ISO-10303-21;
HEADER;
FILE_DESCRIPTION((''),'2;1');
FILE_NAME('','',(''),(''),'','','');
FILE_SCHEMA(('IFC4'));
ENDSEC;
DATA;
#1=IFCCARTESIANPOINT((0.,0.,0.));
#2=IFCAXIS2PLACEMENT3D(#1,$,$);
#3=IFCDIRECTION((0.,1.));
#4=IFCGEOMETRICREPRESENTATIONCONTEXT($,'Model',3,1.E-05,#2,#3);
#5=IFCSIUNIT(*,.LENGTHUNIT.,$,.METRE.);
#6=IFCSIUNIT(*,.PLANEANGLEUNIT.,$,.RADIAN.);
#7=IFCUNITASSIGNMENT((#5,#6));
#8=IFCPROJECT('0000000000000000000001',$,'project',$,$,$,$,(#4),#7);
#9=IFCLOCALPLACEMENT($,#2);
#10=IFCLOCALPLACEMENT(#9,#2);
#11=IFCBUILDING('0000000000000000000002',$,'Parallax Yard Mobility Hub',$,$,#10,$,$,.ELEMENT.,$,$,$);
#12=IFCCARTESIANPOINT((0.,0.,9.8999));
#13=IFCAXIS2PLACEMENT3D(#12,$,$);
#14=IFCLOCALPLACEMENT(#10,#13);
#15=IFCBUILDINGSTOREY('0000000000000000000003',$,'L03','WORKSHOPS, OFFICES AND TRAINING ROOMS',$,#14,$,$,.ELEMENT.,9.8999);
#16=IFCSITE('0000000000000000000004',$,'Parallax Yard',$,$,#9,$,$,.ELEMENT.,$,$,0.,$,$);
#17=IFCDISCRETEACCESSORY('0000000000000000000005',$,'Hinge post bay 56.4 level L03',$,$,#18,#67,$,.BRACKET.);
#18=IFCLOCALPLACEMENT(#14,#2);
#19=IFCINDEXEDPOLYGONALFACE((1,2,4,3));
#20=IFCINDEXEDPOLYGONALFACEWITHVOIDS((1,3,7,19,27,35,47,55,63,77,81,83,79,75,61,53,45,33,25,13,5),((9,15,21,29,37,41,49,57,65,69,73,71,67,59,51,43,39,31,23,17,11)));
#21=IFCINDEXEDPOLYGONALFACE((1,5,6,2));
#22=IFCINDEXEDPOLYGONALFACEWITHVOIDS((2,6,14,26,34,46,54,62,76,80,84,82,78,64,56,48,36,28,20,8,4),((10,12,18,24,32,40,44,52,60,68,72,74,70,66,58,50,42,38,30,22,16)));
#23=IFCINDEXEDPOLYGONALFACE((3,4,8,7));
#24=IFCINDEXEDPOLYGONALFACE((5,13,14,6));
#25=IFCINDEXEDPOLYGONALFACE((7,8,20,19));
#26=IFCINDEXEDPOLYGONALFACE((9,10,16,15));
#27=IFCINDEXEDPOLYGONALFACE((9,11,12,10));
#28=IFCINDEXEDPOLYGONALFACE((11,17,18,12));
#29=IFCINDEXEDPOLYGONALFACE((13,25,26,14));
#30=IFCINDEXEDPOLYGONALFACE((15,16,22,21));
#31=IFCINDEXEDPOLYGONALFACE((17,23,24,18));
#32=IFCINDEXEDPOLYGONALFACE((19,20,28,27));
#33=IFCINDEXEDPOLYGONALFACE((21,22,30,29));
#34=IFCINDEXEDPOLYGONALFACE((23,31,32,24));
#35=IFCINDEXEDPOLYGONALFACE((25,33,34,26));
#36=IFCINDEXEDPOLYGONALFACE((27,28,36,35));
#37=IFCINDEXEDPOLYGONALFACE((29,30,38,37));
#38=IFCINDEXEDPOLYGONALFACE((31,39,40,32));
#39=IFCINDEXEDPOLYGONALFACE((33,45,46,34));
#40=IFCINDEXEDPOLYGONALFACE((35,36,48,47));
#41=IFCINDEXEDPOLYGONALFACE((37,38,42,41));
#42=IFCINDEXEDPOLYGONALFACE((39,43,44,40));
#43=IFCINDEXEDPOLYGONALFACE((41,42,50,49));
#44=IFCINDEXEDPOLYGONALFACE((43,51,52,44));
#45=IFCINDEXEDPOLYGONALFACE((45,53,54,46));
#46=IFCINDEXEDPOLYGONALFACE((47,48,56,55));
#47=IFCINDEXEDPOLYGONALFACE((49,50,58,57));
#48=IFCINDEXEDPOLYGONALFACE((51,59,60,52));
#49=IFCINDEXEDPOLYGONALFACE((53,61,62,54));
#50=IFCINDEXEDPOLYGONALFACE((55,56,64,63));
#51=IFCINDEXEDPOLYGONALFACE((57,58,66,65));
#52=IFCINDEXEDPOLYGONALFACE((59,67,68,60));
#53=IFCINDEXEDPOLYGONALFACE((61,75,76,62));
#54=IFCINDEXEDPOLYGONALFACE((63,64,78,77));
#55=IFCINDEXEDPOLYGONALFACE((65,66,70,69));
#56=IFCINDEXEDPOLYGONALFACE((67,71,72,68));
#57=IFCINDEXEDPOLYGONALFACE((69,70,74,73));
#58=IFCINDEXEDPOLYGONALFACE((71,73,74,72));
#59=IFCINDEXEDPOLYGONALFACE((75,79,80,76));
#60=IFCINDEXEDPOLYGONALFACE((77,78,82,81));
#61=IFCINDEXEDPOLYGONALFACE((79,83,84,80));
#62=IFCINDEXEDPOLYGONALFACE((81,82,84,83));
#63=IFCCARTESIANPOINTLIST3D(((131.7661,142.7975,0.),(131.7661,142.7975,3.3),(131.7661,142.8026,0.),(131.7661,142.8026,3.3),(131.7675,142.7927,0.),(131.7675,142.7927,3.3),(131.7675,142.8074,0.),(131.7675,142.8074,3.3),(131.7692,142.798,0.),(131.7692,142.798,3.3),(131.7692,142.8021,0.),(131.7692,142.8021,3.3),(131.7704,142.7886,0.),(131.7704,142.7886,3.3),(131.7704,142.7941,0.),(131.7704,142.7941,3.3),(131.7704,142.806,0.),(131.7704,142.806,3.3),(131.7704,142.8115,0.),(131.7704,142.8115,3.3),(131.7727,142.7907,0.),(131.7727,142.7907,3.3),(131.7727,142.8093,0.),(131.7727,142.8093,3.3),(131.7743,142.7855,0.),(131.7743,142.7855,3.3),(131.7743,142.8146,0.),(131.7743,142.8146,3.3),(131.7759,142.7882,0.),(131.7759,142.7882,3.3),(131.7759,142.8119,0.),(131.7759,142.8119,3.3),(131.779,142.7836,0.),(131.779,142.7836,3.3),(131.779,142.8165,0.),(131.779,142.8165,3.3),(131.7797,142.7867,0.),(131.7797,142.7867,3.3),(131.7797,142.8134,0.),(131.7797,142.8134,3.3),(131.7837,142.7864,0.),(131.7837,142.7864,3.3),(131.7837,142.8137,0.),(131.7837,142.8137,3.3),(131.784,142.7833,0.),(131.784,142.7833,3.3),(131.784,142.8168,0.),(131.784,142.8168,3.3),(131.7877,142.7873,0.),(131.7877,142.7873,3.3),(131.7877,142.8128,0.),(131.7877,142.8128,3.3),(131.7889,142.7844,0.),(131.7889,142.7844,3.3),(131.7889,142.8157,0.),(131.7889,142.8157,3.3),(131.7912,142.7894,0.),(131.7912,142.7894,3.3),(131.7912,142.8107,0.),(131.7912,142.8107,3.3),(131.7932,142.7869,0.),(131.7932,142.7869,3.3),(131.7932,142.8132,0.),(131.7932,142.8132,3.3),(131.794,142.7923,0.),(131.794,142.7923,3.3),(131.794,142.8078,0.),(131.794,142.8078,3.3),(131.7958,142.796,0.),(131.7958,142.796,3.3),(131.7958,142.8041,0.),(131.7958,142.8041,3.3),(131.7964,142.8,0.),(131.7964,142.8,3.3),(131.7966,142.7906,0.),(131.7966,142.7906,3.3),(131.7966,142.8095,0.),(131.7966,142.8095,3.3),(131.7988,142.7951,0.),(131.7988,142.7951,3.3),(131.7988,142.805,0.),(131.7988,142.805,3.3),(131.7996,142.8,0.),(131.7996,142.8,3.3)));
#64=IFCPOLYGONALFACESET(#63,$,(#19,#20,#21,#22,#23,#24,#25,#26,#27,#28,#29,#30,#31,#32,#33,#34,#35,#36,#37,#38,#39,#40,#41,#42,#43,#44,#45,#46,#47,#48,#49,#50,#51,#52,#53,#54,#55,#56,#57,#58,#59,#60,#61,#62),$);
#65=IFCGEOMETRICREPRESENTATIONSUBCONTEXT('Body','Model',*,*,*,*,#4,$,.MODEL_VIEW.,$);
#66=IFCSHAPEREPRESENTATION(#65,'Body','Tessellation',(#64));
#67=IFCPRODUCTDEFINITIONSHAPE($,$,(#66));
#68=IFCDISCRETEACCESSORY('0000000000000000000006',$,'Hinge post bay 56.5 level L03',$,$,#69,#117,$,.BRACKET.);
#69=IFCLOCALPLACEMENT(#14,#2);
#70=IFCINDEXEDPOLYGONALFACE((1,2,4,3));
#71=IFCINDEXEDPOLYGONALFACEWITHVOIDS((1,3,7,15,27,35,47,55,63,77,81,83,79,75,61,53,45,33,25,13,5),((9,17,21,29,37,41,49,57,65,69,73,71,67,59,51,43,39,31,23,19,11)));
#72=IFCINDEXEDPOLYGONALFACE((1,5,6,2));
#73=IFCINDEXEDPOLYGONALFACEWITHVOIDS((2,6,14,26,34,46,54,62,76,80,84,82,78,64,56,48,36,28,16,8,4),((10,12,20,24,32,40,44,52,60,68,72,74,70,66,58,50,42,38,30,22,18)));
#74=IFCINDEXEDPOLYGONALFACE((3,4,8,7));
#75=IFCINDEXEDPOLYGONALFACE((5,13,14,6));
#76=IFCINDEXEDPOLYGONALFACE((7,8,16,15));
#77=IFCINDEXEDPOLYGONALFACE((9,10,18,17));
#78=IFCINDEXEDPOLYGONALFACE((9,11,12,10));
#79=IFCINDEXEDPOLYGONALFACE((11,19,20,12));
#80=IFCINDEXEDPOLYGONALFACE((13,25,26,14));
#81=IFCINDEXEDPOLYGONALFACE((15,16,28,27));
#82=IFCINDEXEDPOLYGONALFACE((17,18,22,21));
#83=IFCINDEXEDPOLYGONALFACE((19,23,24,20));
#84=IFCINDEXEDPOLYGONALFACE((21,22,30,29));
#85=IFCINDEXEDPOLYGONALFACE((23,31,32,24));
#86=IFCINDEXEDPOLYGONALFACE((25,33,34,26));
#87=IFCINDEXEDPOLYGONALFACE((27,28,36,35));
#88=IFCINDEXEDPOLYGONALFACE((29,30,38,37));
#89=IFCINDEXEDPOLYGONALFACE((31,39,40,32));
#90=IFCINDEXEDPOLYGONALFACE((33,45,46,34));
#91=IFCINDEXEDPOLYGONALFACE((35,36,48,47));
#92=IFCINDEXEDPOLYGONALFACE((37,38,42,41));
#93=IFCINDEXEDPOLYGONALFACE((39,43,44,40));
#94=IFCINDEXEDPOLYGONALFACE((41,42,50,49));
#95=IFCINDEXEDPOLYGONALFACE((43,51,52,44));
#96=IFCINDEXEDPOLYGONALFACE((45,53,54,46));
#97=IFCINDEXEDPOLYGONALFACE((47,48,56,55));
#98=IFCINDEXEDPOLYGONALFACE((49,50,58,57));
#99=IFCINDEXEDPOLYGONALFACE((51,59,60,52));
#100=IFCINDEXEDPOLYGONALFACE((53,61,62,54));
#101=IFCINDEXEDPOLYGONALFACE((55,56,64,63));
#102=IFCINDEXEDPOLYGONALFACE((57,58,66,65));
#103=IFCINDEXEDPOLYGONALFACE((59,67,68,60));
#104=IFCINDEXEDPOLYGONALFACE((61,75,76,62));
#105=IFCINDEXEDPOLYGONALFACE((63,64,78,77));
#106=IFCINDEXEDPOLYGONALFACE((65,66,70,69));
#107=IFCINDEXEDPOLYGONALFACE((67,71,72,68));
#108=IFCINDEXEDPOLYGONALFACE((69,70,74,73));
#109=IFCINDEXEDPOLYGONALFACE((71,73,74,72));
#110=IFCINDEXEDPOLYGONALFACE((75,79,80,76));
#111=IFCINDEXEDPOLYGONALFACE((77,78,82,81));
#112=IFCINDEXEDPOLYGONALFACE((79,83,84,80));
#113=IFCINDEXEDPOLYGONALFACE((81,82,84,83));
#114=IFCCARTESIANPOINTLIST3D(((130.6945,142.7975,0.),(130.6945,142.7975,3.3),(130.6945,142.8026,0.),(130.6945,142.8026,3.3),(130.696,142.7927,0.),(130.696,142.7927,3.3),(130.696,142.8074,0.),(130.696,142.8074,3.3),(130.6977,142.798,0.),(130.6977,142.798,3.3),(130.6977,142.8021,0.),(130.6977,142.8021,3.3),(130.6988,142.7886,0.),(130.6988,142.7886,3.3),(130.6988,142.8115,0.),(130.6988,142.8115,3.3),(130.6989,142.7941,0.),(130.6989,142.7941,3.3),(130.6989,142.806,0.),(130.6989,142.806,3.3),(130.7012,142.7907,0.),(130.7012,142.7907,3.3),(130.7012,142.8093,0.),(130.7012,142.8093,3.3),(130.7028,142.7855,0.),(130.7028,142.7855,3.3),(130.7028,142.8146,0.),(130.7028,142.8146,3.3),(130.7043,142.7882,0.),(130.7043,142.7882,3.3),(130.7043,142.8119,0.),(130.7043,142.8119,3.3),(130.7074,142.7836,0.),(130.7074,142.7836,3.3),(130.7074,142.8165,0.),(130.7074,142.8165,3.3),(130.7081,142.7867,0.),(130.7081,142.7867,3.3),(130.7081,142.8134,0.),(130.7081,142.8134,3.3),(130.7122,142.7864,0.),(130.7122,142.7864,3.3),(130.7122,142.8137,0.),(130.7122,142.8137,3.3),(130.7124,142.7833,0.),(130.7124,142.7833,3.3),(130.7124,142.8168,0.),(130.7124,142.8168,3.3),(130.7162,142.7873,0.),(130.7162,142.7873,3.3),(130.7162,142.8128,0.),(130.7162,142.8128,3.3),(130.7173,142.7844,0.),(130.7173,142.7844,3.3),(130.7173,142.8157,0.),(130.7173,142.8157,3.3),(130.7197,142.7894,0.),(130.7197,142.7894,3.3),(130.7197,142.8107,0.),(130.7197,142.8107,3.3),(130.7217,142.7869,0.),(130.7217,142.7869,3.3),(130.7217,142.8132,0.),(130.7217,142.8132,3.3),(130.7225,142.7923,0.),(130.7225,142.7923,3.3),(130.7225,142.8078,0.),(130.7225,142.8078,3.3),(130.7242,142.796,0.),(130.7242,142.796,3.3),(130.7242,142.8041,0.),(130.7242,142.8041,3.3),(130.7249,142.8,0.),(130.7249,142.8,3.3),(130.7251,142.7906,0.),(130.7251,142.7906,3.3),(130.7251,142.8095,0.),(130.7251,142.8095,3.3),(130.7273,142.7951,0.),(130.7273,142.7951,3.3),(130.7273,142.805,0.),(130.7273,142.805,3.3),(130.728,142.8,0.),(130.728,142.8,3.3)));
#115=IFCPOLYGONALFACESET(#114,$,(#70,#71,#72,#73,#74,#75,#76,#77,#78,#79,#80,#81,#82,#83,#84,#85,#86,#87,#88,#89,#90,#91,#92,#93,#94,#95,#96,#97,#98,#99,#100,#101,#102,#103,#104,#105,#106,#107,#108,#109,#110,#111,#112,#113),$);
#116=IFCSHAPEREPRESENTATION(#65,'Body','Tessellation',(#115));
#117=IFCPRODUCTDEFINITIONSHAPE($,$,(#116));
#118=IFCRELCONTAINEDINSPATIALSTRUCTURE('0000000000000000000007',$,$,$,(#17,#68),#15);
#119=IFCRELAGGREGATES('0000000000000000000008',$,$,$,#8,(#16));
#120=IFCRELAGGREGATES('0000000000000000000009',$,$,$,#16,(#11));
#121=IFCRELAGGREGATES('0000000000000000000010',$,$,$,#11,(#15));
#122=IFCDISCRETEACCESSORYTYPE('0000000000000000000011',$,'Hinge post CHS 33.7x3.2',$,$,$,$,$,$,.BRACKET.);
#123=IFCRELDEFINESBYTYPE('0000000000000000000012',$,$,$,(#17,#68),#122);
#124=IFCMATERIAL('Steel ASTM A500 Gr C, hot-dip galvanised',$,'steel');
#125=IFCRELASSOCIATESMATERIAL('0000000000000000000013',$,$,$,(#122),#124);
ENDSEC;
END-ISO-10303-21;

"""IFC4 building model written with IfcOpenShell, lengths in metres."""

from ifc_helpers import new_model, si_unit, direction, frame, origin, origin_2d, place, context, subcontext, project, spatial, hollow_circle, extrude, material, material_profile, profile_set, type_object, element, save


model = new_model("IFC4")

# Units and contexts
model_context = context("Model", 3, precision=1e-05, world=origin(), true_north=direction((0.0, 1.0)))
body_context = subcontext(model_context, "Body", "Model", "MODEL_VIEW")
ifc_project = project(units=[si_unit("LENGTHUNIT", "METRE"), si_unit("PLANEANGLEUNIT", "RADIAN")], contexts=[model_context])

# Site, building, storey
site_placement = place(None, origin())
site = spatial("IfcSite", under=ifc_project, at=site_placement, Name="Parallax Yard", CompositionType="ELEMENT", RefElevation=0.0)
building_placement = place(site_placement, origin())
building = spatial("IfcBuilding", under=site, at=building_placement, Name="Parallax Yard Mobility Hub", CompositionType="ELEMENT")
storey_placement = place(building_placement, frame((0.0, 0.0, 9.8999)))
storey = spatial("IfcBuildingStorey", under=building, at=storey_placement, Name="L03", Description="WORKSHOPS, OFFICES AND TRAINING ROOMS", CompositionType="ELEMENT", Elevation=9.8999)

# Discrete accessories
ifc_material_1 = material(Name="Steel ASTM A500 Gr C, hot-dip galvanised", Category="steel")
ifc_material_profile = material_profile(ifc_material_1, hollow_circle(Radius=0.0168, WallThickness=0.0032, at=origin_2d()), Name="CHS 33.7x3.2")
ifc_profile_set = profile_set([ifc_material_profile], Name="Steel ASTM A500 Gr C, hot-dip galvanised")
discrete_accessory_type_1 = type_object("IfcDiscreteAccessoryType", Name="Hinge post CHS 33.7x3.2", PredefinedType="BRACKET", material=ifc_profile_set)
for number, where, z_axis, x_axis, name in (
    (1, (131.7827, 142.8, 0.0), (0.0, 0.0, 1.0), (1.0, 0.0, 0.0), "Hinge post bay 56.4 level L03"),
    (2, (130.7112, 142.8, 0.0), (0.0, 0.0, 1.0), (1.0, 0.0, 0.0), "Hinge post bay 56.5 level L03"),
):
    element("IfcDiscreteAccessory", number, at=place(storey_placement, frame(where, z_axis=z_axis, x_axis=x_axis)), inside=storey, type_object=discrete_accessory_type_1, Name=name, PredefinedType="BRACKET", context=body_context, shape_type="SweptSolid", body=[
        extrude(hollow_circle(Radius=0.0168, WallThickness=0.0032, at=origin_2d()), origin(), (0.0, 0.0, 1.0), 3.3),
    ])

save(model, "model.ifc")
